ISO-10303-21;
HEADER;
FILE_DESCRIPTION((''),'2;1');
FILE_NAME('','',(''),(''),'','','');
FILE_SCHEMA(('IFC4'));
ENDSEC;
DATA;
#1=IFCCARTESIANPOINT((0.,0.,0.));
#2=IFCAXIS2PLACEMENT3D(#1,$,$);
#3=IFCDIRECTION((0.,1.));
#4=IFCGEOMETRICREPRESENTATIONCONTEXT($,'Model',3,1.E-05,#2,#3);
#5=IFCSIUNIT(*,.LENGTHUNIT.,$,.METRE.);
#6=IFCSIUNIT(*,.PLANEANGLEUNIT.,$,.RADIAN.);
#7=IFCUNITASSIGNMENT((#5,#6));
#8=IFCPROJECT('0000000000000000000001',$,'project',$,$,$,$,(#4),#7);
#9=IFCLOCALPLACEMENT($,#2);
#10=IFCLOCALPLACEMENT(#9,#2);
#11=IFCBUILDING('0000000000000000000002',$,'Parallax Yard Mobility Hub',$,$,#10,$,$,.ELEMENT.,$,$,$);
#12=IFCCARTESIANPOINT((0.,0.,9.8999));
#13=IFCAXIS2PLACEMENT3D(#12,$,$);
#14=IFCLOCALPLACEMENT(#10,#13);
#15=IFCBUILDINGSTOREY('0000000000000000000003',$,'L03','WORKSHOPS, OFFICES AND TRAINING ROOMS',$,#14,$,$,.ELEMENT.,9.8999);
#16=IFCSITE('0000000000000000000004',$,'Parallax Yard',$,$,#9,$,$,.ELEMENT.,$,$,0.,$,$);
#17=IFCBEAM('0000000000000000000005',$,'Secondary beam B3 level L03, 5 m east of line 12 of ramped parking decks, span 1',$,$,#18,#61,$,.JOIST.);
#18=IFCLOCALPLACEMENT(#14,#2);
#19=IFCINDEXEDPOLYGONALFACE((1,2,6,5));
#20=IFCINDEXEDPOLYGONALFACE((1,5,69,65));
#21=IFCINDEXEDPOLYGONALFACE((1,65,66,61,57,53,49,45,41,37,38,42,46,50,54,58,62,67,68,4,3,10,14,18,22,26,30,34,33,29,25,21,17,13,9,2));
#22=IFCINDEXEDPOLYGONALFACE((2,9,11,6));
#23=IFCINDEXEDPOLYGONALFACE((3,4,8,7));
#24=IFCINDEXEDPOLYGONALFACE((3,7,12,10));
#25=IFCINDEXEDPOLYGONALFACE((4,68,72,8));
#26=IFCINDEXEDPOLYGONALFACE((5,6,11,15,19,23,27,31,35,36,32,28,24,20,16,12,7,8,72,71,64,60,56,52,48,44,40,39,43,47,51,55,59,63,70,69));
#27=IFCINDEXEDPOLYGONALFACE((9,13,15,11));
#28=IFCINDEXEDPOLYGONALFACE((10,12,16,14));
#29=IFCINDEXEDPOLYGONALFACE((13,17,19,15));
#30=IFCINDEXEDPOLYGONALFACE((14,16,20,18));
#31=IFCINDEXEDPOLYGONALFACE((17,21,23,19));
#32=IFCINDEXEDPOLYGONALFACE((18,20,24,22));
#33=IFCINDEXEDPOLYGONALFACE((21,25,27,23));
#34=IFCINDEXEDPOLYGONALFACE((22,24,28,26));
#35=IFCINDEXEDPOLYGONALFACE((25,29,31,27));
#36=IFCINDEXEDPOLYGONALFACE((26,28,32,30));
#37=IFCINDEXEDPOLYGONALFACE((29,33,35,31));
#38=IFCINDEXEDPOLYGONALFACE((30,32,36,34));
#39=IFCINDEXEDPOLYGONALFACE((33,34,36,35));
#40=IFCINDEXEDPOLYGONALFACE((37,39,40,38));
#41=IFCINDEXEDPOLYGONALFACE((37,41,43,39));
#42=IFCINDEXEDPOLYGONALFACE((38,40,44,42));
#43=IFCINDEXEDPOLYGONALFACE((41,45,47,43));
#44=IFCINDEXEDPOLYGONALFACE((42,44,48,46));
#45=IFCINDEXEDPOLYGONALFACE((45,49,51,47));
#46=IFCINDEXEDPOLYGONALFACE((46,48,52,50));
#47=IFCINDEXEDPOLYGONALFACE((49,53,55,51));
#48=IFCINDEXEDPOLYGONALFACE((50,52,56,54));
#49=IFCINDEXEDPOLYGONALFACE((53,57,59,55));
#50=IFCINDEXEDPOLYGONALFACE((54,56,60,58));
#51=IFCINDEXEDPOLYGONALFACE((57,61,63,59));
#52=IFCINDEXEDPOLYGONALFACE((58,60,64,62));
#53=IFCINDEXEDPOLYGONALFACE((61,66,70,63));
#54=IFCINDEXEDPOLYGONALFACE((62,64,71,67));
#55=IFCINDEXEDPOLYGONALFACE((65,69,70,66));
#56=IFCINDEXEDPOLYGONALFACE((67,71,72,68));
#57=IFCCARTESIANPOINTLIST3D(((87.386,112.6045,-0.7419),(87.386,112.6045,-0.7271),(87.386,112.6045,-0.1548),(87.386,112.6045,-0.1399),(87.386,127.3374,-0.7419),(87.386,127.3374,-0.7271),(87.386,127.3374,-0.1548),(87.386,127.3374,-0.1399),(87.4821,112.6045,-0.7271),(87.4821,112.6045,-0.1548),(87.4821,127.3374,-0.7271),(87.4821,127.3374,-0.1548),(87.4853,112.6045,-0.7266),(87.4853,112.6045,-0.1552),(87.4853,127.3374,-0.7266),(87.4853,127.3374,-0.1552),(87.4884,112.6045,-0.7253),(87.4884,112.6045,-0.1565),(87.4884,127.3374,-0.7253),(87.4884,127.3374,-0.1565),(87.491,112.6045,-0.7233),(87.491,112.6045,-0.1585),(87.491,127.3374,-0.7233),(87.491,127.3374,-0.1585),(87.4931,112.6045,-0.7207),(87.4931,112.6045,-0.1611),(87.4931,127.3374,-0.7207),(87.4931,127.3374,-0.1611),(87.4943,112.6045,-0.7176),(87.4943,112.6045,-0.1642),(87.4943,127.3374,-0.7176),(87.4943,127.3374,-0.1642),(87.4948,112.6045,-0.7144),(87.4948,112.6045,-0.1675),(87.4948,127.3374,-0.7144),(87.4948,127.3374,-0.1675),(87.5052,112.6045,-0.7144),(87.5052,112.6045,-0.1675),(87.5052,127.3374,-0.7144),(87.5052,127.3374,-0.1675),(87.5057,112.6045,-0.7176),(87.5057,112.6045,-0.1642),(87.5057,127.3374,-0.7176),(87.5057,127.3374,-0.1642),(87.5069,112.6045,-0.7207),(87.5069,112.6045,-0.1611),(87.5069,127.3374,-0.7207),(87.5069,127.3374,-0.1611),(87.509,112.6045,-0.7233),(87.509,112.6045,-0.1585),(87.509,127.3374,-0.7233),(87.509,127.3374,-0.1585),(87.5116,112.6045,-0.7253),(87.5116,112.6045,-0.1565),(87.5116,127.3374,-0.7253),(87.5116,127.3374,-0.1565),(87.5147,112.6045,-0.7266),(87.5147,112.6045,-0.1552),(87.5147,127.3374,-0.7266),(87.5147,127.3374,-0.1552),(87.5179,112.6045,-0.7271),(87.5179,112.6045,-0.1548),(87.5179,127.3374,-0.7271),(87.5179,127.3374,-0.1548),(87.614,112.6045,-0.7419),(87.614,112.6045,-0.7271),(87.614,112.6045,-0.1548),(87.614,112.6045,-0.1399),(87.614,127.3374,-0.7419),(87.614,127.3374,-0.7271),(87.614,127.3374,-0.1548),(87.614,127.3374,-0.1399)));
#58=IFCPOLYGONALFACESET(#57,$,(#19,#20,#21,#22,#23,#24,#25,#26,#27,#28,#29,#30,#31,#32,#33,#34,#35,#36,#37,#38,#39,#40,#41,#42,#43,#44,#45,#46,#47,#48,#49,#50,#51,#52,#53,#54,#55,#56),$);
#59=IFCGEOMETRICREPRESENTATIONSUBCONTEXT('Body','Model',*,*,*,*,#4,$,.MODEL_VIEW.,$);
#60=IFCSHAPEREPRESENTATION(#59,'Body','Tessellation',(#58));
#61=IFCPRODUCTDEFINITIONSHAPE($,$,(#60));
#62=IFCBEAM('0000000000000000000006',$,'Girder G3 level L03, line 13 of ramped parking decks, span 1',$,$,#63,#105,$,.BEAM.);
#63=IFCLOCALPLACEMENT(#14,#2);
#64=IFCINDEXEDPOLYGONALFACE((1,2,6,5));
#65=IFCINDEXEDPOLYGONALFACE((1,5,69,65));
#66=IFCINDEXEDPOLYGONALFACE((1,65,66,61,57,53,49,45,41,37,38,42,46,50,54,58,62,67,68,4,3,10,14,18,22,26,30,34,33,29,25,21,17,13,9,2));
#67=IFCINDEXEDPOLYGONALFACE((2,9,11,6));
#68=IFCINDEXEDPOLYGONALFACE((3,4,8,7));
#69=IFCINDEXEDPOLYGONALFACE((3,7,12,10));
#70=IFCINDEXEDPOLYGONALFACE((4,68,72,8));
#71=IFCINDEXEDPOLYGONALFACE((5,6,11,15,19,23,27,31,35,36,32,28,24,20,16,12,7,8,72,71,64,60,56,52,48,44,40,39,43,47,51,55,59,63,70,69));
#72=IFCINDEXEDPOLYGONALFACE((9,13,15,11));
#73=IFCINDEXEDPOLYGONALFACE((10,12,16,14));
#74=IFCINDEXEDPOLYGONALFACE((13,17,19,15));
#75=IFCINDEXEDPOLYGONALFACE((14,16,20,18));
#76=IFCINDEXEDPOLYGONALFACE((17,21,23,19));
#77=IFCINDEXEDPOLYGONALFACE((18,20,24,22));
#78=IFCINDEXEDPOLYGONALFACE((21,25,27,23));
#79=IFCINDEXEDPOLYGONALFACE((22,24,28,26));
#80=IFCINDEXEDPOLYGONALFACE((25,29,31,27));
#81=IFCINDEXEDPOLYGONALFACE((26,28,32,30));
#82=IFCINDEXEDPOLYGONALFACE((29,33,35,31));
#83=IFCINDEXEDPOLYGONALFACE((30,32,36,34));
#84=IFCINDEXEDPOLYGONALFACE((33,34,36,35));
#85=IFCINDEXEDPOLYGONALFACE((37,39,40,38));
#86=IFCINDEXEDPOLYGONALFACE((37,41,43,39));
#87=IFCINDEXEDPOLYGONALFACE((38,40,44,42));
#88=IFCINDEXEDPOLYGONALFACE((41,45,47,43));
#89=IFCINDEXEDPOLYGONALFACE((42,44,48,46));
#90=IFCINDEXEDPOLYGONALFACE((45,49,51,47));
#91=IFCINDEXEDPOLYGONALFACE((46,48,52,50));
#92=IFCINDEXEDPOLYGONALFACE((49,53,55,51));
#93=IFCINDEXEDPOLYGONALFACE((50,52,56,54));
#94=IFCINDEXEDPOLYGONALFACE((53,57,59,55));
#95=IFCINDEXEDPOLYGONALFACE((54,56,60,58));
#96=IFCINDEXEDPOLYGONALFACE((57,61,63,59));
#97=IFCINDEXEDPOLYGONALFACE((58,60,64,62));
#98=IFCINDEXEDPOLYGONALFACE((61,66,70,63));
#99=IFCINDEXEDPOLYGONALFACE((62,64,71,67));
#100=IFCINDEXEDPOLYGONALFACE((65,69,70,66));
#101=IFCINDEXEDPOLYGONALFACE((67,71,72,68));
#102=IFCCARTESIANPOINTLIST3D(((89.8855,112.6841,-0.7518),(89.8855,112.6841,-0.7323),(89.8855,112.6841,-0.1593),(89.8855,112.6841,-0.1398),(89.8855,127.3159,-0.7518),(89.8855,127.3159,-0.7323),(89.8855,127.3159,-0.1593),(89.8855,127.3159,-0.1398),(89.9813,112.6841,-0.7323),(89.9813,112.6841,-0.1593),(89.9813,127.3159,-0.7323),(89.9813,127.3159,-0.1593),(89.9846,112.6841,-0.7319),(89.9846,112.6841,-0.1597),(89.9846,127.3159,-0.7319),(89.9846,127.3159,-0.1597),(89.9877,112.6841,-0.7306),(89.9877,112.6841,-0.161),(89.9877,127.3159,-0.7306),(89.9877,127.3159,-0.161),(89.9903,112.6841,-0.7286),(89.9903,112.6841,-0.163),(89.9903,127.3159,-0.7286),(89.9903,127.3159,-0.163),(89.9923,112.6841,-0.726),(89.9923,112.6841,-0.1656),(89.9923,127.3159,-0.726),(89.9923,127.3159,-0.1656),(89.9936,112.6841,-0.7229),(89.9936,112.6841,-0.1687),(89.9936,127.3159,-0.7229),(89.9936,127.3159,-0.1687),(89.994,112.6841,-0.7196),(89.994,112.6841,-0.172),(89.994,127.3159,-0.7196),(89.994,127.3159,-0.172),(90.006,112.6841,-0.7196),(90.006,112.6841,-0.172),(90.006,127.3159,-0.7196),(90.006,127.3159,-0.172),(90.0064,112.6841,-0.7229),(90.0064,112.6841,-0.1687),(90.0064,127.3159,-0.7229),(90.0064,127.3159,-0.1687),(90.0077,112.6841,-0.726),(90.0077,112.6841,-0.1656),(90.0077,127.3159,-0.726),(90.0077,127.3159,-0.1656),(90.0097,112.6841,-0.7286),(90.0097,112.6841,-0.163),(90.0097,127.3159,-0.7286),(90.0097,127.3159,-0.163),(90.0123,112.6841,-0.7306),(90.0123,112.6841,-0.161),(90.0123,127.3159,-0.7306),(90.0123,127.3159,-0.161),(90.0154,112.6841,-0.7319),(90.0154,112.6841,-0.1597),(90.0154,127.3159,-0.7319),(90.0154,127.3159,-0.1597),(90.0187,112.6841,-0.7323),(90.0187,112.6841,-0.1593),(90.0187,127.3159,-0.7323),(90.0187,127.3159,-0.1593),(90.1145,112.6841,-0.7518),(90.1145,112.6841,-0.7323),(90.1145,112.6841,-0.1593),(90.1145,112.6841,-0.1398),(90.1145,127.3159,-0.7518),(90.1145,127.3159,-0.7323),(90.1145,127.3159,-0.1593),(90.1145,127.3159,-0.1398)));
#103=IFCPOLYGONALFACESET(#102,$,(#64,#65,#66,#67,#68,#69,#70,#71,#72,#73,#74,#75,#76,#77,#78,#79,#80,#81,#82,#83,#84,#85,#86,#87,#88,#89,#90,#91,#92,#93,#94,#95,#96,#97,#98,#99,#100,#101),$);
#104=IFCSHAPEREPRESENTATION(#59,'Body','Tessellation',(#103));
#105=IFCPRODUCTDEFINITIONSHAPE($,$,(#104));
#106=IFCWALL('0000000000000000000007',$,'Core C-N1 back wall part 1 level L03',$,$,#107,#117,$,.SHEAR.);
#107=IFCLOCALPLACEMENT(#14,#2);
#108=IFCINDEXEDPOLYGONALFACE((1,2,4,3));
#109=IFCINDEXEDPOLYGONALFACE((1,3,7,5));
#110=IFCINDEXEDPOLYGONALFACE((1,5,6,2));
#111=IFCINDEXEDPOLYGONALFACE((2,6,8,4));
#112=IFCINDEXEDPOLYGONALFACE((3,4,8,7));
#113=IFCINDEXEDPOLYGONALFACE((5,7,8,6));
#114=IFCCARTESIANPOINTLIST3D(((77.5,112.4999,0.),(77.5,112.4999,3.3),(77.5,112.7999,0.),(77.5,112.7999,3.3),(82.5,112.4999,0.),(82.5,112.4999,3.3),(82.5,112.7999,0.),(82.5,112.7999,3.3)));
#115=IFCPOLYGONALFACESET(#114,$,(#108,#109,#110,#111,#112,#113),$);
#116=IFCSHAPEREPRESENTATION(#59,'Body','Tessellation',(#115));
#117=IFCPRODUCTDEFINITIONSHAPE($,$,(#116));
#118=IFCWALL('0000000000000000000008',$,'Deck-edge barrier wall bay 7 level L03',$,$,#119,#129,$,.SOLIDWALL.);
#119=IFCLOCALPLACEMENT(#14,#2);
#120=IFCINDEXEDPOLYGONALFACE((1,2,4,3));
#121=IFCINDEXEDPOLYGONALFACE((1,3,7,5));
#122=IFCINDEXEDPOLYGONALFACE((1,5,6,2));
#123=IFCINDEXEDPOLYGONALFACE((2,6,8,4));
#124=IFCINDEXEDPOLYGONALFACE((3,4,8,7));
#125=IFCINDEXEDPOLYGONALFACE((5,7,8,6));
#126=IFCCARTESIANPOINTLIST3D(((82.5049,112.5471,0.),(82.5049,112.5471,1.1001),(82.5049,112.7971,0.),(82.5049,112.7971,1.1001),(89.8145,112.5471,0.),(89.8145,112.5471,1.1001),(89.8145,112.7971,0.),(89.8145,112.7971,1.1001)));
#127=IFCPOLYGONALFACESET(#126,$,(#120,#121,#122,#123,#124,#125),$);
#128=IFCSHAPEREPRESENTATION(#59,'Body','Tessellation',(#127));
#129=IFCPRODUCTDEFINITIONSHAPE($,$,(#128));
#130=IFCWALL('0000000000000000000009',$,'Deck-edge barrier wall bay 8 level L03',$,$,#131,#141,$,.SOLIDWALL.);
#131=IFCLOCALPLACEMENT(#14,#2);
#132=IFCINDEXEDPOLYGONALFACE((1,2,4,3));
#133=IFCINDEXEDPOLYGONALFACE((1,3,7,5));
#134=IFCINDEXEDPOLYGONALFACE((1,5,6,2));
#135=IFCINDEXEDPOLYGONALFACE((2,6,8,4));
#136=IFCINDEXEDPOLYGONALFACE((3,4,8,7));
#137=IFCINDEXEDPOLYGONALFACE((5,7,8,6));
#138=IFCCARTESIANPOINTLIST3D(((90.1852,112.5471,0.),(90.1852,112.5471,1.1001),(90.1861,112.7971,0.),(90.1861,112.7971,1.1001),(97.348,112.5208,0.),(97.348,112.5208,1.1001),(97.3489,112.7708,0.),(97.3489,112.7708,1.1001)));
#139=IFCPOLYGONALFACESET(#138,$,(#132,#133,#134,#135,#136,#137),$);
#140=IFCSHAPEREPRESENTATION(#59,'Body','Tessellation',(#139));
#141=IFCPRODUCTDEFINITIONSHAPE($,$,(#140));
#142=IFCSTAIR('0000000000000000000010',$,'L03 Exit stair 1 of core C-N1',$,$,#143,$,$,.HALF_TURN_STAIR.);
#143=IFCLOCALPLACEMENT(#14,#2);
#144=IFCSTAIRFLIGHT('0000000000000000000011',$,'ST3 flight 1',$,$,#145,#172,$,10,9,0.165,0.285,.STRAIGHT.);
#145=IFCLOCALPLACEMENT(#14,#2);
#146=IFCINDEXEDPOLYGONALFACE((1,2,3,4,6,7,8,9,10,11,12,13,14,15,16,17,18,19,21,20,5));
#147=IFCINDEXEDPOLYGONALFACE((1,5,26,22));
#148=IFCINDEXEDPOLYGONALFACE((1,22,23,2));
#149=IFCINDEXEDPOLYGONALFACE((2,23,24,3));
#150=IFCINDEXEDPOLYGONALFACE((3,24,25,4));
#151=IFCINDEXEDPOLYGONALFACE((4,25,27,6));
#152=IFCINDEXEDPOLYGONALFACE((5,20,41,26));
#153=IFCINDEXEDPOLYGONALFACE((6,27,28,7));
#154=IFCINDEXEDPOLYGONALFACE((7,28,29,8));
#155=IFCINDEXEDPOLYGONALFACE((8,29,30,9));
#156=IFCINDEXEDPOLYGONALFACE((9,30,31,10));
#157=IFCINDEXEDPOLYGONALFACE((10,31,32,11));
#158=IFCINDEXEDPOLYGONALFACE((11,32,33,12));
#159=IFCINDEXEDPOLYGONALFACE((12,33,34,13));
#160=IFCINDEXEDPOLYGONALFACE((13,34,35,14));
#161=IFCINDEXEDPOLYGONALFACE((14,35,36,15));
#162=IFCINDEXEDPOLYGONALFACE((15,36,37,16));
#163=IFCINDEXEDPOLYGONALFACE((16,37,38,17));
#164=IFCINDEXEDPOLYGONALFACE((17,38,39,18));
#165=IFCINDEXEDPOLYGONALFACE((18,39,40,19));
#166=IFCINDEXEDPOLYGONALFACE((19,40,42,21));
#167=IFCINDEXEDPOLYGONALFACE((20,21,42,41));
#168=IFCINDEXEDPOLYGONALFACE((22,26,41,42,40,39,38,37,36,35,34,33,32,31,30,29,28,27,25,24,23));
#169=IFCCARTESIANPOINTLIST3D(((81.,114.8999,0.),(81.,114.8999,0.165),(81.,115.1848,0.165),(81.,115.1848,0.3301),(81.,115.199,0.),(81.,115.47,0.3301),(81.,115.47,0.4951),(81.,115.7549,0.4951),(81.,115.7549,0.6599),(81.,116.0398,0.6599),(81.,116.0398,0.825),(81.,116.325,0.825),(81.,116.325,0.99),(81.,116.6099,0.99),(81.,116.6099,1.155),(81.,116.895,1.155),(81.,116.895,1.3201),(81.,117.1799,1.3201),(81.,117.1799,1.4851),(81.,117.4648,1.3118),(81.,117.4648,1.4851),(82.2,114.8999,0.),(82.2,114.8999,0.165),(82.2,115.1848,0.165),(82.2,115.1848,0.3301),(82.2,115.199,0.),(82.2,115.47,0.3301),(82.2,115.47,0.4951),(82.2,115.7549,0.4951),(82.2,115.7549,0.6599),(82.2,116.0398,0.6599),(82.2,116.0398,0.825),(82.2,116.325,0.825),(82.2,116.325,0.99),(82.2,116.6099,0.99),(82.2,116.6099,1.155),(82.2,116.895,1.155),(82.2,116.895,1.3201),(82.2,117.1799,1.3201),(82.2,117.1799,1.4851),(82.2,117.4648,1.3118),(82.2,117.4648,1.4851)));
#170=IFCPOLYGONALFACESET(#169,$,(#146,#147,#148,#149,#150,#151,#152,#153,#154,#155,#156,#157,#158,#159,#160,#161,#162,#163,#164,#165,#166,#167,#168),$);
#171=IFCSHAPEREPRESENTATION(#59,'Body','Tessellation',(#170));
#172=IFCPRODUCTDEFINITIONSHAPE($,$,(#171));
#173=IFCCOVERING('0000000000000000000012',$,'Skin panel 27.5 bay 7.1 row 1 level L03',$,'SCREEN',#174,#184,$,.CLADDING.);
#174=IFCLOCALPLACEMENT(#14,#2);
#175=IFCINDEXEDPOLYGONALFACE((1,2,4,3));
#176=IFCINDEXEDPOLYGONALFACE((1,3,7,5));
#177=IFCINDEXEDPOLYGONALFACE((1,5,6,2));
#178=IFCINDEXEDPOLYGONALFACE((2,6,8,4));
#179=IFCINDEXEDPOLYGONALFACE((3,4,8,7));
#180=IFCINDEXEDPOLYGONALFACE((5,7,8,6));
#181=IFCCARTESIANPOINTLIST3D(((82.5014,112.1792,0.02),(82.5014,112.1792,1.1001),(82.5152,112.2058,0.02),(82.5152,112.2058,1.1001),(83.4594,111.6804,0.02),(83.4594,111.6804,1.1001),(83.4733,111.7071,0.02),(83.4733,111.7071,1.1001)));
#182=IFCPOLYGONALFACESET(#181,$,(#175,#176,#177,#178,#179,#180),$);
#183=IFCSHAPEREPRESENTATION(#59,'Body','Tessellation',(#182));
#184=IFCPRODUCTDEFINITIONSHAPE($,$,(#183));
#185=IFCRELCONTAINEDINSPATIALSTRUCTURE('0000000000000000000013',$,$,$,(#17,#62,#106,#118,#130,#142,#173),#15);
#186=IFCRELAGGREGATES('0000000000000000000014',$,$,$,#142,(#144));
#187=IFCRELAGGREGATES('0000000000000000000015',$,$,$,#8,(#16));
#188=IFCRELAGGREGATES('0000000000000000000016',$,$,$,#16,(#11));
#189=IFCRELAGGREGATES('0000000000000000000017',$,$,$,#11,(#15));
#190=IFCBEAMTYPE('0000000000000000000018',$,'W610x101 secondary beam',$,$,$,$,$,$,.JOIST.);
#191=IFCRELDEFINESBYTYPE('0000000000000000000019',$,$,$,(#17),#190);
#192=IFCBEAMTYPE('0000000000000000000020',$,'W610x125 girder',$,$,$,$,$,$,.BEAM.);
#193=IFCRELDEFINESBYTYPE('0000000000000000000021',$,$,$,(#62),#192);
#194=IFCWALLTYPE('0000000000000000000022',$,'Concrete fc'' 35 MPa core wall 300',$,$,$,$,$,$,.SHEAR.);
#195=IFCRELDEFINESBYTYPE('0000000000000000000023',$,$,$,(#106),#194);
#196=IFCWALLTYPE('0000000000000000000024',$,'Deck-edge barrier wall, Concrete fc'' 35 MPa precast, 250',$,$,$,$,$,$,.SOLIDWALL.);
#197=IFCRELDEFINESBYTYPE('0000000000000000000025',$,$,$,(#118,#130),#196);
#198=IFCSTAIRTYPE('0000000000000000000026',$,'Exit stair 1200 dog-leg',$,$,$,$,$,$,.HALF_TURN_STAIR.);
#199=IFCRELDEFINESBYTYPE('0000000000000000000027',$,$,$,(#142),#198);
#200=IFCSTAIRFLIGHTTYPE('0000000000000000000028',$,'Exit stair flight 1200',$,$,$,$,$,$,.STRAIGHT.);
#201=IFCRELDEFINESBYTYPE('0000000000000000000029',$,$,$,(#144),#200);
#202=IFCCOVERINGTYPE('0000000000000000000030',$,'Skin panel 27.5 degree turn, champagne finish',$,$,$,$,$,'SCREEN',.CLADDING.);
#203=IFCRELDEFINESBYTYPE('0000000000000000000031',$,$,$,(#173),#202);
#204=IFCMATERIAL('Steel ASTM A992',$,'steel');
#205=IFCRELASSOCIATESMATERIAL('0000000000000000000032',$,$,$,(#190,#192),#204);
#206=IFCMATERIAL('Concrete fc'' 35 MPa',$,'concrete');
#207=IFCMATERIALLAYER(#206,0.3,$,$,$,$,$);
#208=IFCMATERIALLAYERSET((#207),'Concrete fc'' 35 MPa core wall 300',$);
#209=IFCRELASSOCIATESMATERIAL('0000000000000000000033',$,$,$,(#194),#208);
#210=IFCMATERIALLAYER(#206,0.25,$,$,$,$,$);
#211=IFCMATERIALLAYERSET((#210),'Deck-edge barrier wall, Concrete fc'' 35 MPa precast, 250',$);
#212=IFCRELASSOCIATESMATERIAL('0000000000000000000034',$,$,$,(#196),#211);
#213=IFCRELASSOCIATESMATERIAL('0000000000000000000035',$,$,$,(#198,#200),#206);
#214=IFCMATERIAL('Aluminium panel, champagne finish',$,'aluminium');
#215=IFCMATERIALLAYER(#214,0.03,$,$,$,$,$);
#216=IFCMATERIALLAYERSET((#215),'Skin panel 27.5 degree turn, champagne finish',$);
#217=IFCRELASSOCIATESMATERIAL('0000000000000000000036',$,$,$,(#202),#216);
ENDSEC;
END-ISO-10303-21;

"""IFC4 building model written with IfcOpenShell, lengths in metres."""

from ifc_helpers import new_model, si_unit, direction, frame, frame_2d, origin, origin_2d, place, context, subcontext, project, spatial, polyline, rectangle, i_section, outline, extrude, material, layer, layer_set, material_profile, profile_set, type_object, element, aggregate, save


model = new_model("IFC4")

# Units and contexts
model_context = context("Model", 3, precision=1e-05, world=origin(), true_north=direction((0.0, 1.0)))
body_context = subcontext(model_context, "Body", "Model", "MODEL_VIEW")
ifc_project = project(units=[si_unit("LENGTHUNIT", "METRE"), si_unit("PLANEANGLEUNIT", "RADIAN")], contexts=[model_context])

# Site, building, storey
site_placement = place(None, origin())
site = spatial("IfcSite", under=ifc_project, at=site_placement, Name="Parallax Yard", CompositionType="ELEMENT", RefElevation=0.0)
building_placement = place(site_placement, origin())
building = spatial("IfcBuilding", under=site, at=building_placement, Name="Parallax Yard Mobility Hub", CompositionType="ELEMENT")
storey_placement = place(building_placement, frame((0.0, 0.0, 9.8999)))
storey = spatial("IfcBuildingStorey", under=building, at=storey_placement, Name="L03", Description="WORKSHOPS, OFFICES AND TRAINING ROOMS", CompositionType="ELEMENT", Elevation=9.8999)

# Shared definitions
ifc_material_1 = material(Name="Steel ASTM A992", Category="steel")

# Beams
ifc_material_profile_1 = material_profile(ifc_material_1, i_section(OverallWidth=0.228, OverallDepth=0.6021, WebThickness=0.0105, FlangeThickness=0.0149, FilletRadius=0.0127, at=origin_2d()), Name="W610x101")
ifc_profile_set_1 = profile_set([ifc_material_profile_1], Name="Steel ASTM A992")
beam_type_1 = type_object("IfcBeamType", Name="W610x101 secondary beam", PredefinedType="JOIST", material=ifc_profile_set_1)
for number, where, z_axis, x_axis, name in (
    (1, (87.5, 112.6045, -0.4409), (0.0, 1.0, 0.0), (-1.0, 0.0, 0.0), "Secondary beam B3 level L03, 5 m east of line 12 of ramped parking decks, span 1"),
):
    element("IfcBeam", number, at=place(storey_placement, frame(where, z_axis=z_axis, x_axis=x_axis)), inside=storey, type_object=beam_type_1, Name=name, PredefinedType="JOIST", context=body_context, shape_type="SweptSolid", body=[
        extrude(i_section(OverallWidth=0.228, OverallDepth=0.6021, WebThickness=0.0105, FlangeThickness=0.0149, FilletRadius=0.0127, at=origin_2d()), origin(), (0.0, 0.0, 1.0), 14.7329),
    ])
ifc_material_profile_2 = material_profile(ifc_material_1, i_section(OverallWidth=0.229, OverallDepth=0.6121, WebThickness=0.012, FlangeThickness=0.0195, FilletRadius=0.0127, at=origin_2d()), Name="W610x125")
ifc_profile_set_2 = profile_set([ifc_material_profile_2], Name="Steel ASTM A992")
beam_type_2 = type_object("IfcBeamType", Name="W610x125 girder", PredefinedType="BEAM", material=ifc_profile_set_2)
beam_1_placement = place(storey_placement, frame((90.0, 112.6841, -0.4458), z_axis=(0.0, 1.0, 0.0), x_axis=(-1.0, 0.0, 0.0)))
element("IfcBeam", 2, at=beam_1_placement, inside=storey, type_object=beam_type_2, Name="Girder G3 level L03, line 13 of ramped parking decks, span 1", PredefinedType="BEAM", context=body_context, shape_type="SweptSolid", body=[
    extrude(i_section(OverallWidth=0.229, OverallDepth=0.6121, WebThickness=0.012, FlangeThickness=0.0195, FilletRadius=0.0127, at=origin_2d()), origin(), (0.0, 0.0, 1.0), 14.6318),
])

# Walls
ifc_material_2 = material(Name="Concrete fc' 35 MPa", Category="concrete")
ifc_layer_1 = layer(ifc_material_2, 0.3)
ifc_layer_set_1 = layer_set([ifc_layer_1], Name="Concrete fc' 35 MPa core wall 300")
wall_type_1 = type_object("IfcWallType", Name="Concrete fc' 35 MPa core wall 300", PredefinedType="SHEAR", material=ifc_layer_set_1)
wall_1_placement = place(storey_placement, frame((82.5, 112.6499, 0.0), z_axis=(0.0, 0.0, 1.0), x_axis=(-1.0, 0.0, 0.0)))
element("IfcWall", 3, at=wall_1_placement, inside=storey, type_object=wall_type_1, Name="Core C-N1 back wall part 1 level L03", PredefinedType="SHEAR", context=body_context, shape_type="SweptSolid", body=[
    extrude(rectangle(XDim=5.0, YDim=0.3, at=frame_2d((2.5, 0.0))), origin(), (0.0, 0.0, 1.0), 3.3),
])
ifc_layer_2 = layer(ifc_material_2, 0.25)
ifc_layer_set_2 = layer_set([ifc_layer_2], Name="Deck-edge barrier wall, Concrete fc' 35 MPa precast, 250")
wall_type_2 = type_object("IfcWallType", Name="Deck-edge barrier wall, Concrete fc' 35 MPa precast, 250", PredefinedType="SOLIDWALL", material=ifc_layer_set_2)
wall_2_placement = place(storey_placement, frame((82.5049, 112.6721, 0.0), z_axis=(0.0, 0.0, 1.0), x_axis=(1.0, 0.0, 0.0)))
element("IfcWall", 4, at=wall_2_placement, inside=storey, type_object=wall_type_2, Name="Deck-edge barrier wall bay 7 level L03", PredefinedType="SOLIDWALL", context=body_context, shape_type="SweptSolid", body=[
    extrude(rectangle(XDim=7.3096, YDim=0.25, at=frame_2d((3.6548, 0.0))), origin(), (0.0, 0.0, 1.0), 1.1001),
])
wall_3_placement = place(storey_placement, frame((90.1855, 112.6721, 0.0), z_axis=(0.0, 0.0, 1.0), x_axis=(0.999993, -0.003681, 0.0)))
element("IfcWall", 5, at=wall_3_placement, inside=storey, type_object=wall_type_2, Name="Deck-edge barrier wall bay 8 level L03", PredefinedType="SOLIDWALL", context=body_context, shape_type="SweptSolid", body=[
    extrude(rectangle(XDim=7.1628, YDim=0.25, at=frame_2d((3.5815, 0.0))), origin(), (0.0, 0.0, 1.0), 1.1001),
])

# Stair, stair flight
stair_type = type_object("IfcStairType", Name="Exit stair 1200 dog-leg", PredefinedType="HALF_TURN_STAIR", material=ifc_material_2)
stair_placement = place(storey_placement, origin())
stair = element("IfcStair", 6, at=stair_placement, inside=storey, type_object=stair_type, Name="L03 Exit stair 1 of core C-N1", PredefinedType="HALF_TURN_STAIR")
stair_flight_type = type_object("IfcStairFlightType", Name="Exit stair flight 1200", PredefinedType="STRAIGHT", material=ifc_material_2)
stair_flight_placement = place(storey_placement, frame((81.6001, 114.8999, 0.0), z_axis=(0.0, 0.0, 1.0), x_axis=(0.0, 1.0, 0.0)))
stair_flight = element("IfcStairFlight", 7, at=stair_flight_placement, type_object=stair_flight_type, Name="ST3 flight 1", NumberOfRisers=10, NumberOfTreads=9, PredefinedType="STRAIGHT", RiserHeight=0.165, TreadLength=0.285, context=body_context, shape_type="SweptSolid", body=[
    extrude(outline(polyline([(0.0, 0.0), (0.0, 0.165), (0.2849, 0.165), (0.2849, 0.3301), (0.5701, 0.3301), (0.5701, 0.4951), (0.855, 0.4951), (0.855, 0.6599), (1.1399, 0.6599), (1.1399, 0.825), (1.425, 0.825), (1.425, 0.99), (1.71, 0.99), (1.71, 1.155), (1.9951, 1.155), (1.9951, 1.3201), (2.28, 1.3201), (2.28, 1.4851), (2.5649, 1.4851), (2.5649, 1.6499), (2.5649, 1.3118), (0.2991, 0.0), (0.0, 0.0)])), frame((0.0, 0.6001, 0.0), z_axis=(0.0, -1.0, 0.0), x_axis=(1.0, 0.0, 0.0)), (0.0, 0.0, 1.0), 1.2),
])
aggregate(stair, [stair_flight])

# Covering
ifc_material_3 = material(Name="Aluminium panel, champagne finish", Category="aluminium")
ifc_layer_3 = layer(ifc_material_3, 0.03)
ifc_layer_set_3 = layer_set([ifc_layer_3], Name="Skin panel 27.5 degree turn, champagne finish")
covering_type_1 = type_object("IfcCoveringType", Name="Skin panel 27.5 degree turn, champagne finish", ElementType="SCREEN", PredefinedType="CLADDING", material=ifc_layer_set_3)
covering_placement = place(storey_placement, frame((82.9873, 111.9431, 0.02), z_axis=(0.0, 0.0, 1.0), x_axis=(0.887011, -0.461749, 0.0)))
element("IfcCovering", 8, at=covering_placement, inside=storey, type_object=covering_type_1, Name="Skin panel 27.5 bay 7.1 row 1 level L03", ObjectType="SCREEN", PredefinedType="CLADDING", context=body_context, shape_type="SweptSolid", body=[
    extrude(rectangle(XDim=1.0801, YDim=0.03, at=origin_2d()), origin(), (0.0, 0.0, 1.0), 1.0801),
])

save(model, "model.ifc")
